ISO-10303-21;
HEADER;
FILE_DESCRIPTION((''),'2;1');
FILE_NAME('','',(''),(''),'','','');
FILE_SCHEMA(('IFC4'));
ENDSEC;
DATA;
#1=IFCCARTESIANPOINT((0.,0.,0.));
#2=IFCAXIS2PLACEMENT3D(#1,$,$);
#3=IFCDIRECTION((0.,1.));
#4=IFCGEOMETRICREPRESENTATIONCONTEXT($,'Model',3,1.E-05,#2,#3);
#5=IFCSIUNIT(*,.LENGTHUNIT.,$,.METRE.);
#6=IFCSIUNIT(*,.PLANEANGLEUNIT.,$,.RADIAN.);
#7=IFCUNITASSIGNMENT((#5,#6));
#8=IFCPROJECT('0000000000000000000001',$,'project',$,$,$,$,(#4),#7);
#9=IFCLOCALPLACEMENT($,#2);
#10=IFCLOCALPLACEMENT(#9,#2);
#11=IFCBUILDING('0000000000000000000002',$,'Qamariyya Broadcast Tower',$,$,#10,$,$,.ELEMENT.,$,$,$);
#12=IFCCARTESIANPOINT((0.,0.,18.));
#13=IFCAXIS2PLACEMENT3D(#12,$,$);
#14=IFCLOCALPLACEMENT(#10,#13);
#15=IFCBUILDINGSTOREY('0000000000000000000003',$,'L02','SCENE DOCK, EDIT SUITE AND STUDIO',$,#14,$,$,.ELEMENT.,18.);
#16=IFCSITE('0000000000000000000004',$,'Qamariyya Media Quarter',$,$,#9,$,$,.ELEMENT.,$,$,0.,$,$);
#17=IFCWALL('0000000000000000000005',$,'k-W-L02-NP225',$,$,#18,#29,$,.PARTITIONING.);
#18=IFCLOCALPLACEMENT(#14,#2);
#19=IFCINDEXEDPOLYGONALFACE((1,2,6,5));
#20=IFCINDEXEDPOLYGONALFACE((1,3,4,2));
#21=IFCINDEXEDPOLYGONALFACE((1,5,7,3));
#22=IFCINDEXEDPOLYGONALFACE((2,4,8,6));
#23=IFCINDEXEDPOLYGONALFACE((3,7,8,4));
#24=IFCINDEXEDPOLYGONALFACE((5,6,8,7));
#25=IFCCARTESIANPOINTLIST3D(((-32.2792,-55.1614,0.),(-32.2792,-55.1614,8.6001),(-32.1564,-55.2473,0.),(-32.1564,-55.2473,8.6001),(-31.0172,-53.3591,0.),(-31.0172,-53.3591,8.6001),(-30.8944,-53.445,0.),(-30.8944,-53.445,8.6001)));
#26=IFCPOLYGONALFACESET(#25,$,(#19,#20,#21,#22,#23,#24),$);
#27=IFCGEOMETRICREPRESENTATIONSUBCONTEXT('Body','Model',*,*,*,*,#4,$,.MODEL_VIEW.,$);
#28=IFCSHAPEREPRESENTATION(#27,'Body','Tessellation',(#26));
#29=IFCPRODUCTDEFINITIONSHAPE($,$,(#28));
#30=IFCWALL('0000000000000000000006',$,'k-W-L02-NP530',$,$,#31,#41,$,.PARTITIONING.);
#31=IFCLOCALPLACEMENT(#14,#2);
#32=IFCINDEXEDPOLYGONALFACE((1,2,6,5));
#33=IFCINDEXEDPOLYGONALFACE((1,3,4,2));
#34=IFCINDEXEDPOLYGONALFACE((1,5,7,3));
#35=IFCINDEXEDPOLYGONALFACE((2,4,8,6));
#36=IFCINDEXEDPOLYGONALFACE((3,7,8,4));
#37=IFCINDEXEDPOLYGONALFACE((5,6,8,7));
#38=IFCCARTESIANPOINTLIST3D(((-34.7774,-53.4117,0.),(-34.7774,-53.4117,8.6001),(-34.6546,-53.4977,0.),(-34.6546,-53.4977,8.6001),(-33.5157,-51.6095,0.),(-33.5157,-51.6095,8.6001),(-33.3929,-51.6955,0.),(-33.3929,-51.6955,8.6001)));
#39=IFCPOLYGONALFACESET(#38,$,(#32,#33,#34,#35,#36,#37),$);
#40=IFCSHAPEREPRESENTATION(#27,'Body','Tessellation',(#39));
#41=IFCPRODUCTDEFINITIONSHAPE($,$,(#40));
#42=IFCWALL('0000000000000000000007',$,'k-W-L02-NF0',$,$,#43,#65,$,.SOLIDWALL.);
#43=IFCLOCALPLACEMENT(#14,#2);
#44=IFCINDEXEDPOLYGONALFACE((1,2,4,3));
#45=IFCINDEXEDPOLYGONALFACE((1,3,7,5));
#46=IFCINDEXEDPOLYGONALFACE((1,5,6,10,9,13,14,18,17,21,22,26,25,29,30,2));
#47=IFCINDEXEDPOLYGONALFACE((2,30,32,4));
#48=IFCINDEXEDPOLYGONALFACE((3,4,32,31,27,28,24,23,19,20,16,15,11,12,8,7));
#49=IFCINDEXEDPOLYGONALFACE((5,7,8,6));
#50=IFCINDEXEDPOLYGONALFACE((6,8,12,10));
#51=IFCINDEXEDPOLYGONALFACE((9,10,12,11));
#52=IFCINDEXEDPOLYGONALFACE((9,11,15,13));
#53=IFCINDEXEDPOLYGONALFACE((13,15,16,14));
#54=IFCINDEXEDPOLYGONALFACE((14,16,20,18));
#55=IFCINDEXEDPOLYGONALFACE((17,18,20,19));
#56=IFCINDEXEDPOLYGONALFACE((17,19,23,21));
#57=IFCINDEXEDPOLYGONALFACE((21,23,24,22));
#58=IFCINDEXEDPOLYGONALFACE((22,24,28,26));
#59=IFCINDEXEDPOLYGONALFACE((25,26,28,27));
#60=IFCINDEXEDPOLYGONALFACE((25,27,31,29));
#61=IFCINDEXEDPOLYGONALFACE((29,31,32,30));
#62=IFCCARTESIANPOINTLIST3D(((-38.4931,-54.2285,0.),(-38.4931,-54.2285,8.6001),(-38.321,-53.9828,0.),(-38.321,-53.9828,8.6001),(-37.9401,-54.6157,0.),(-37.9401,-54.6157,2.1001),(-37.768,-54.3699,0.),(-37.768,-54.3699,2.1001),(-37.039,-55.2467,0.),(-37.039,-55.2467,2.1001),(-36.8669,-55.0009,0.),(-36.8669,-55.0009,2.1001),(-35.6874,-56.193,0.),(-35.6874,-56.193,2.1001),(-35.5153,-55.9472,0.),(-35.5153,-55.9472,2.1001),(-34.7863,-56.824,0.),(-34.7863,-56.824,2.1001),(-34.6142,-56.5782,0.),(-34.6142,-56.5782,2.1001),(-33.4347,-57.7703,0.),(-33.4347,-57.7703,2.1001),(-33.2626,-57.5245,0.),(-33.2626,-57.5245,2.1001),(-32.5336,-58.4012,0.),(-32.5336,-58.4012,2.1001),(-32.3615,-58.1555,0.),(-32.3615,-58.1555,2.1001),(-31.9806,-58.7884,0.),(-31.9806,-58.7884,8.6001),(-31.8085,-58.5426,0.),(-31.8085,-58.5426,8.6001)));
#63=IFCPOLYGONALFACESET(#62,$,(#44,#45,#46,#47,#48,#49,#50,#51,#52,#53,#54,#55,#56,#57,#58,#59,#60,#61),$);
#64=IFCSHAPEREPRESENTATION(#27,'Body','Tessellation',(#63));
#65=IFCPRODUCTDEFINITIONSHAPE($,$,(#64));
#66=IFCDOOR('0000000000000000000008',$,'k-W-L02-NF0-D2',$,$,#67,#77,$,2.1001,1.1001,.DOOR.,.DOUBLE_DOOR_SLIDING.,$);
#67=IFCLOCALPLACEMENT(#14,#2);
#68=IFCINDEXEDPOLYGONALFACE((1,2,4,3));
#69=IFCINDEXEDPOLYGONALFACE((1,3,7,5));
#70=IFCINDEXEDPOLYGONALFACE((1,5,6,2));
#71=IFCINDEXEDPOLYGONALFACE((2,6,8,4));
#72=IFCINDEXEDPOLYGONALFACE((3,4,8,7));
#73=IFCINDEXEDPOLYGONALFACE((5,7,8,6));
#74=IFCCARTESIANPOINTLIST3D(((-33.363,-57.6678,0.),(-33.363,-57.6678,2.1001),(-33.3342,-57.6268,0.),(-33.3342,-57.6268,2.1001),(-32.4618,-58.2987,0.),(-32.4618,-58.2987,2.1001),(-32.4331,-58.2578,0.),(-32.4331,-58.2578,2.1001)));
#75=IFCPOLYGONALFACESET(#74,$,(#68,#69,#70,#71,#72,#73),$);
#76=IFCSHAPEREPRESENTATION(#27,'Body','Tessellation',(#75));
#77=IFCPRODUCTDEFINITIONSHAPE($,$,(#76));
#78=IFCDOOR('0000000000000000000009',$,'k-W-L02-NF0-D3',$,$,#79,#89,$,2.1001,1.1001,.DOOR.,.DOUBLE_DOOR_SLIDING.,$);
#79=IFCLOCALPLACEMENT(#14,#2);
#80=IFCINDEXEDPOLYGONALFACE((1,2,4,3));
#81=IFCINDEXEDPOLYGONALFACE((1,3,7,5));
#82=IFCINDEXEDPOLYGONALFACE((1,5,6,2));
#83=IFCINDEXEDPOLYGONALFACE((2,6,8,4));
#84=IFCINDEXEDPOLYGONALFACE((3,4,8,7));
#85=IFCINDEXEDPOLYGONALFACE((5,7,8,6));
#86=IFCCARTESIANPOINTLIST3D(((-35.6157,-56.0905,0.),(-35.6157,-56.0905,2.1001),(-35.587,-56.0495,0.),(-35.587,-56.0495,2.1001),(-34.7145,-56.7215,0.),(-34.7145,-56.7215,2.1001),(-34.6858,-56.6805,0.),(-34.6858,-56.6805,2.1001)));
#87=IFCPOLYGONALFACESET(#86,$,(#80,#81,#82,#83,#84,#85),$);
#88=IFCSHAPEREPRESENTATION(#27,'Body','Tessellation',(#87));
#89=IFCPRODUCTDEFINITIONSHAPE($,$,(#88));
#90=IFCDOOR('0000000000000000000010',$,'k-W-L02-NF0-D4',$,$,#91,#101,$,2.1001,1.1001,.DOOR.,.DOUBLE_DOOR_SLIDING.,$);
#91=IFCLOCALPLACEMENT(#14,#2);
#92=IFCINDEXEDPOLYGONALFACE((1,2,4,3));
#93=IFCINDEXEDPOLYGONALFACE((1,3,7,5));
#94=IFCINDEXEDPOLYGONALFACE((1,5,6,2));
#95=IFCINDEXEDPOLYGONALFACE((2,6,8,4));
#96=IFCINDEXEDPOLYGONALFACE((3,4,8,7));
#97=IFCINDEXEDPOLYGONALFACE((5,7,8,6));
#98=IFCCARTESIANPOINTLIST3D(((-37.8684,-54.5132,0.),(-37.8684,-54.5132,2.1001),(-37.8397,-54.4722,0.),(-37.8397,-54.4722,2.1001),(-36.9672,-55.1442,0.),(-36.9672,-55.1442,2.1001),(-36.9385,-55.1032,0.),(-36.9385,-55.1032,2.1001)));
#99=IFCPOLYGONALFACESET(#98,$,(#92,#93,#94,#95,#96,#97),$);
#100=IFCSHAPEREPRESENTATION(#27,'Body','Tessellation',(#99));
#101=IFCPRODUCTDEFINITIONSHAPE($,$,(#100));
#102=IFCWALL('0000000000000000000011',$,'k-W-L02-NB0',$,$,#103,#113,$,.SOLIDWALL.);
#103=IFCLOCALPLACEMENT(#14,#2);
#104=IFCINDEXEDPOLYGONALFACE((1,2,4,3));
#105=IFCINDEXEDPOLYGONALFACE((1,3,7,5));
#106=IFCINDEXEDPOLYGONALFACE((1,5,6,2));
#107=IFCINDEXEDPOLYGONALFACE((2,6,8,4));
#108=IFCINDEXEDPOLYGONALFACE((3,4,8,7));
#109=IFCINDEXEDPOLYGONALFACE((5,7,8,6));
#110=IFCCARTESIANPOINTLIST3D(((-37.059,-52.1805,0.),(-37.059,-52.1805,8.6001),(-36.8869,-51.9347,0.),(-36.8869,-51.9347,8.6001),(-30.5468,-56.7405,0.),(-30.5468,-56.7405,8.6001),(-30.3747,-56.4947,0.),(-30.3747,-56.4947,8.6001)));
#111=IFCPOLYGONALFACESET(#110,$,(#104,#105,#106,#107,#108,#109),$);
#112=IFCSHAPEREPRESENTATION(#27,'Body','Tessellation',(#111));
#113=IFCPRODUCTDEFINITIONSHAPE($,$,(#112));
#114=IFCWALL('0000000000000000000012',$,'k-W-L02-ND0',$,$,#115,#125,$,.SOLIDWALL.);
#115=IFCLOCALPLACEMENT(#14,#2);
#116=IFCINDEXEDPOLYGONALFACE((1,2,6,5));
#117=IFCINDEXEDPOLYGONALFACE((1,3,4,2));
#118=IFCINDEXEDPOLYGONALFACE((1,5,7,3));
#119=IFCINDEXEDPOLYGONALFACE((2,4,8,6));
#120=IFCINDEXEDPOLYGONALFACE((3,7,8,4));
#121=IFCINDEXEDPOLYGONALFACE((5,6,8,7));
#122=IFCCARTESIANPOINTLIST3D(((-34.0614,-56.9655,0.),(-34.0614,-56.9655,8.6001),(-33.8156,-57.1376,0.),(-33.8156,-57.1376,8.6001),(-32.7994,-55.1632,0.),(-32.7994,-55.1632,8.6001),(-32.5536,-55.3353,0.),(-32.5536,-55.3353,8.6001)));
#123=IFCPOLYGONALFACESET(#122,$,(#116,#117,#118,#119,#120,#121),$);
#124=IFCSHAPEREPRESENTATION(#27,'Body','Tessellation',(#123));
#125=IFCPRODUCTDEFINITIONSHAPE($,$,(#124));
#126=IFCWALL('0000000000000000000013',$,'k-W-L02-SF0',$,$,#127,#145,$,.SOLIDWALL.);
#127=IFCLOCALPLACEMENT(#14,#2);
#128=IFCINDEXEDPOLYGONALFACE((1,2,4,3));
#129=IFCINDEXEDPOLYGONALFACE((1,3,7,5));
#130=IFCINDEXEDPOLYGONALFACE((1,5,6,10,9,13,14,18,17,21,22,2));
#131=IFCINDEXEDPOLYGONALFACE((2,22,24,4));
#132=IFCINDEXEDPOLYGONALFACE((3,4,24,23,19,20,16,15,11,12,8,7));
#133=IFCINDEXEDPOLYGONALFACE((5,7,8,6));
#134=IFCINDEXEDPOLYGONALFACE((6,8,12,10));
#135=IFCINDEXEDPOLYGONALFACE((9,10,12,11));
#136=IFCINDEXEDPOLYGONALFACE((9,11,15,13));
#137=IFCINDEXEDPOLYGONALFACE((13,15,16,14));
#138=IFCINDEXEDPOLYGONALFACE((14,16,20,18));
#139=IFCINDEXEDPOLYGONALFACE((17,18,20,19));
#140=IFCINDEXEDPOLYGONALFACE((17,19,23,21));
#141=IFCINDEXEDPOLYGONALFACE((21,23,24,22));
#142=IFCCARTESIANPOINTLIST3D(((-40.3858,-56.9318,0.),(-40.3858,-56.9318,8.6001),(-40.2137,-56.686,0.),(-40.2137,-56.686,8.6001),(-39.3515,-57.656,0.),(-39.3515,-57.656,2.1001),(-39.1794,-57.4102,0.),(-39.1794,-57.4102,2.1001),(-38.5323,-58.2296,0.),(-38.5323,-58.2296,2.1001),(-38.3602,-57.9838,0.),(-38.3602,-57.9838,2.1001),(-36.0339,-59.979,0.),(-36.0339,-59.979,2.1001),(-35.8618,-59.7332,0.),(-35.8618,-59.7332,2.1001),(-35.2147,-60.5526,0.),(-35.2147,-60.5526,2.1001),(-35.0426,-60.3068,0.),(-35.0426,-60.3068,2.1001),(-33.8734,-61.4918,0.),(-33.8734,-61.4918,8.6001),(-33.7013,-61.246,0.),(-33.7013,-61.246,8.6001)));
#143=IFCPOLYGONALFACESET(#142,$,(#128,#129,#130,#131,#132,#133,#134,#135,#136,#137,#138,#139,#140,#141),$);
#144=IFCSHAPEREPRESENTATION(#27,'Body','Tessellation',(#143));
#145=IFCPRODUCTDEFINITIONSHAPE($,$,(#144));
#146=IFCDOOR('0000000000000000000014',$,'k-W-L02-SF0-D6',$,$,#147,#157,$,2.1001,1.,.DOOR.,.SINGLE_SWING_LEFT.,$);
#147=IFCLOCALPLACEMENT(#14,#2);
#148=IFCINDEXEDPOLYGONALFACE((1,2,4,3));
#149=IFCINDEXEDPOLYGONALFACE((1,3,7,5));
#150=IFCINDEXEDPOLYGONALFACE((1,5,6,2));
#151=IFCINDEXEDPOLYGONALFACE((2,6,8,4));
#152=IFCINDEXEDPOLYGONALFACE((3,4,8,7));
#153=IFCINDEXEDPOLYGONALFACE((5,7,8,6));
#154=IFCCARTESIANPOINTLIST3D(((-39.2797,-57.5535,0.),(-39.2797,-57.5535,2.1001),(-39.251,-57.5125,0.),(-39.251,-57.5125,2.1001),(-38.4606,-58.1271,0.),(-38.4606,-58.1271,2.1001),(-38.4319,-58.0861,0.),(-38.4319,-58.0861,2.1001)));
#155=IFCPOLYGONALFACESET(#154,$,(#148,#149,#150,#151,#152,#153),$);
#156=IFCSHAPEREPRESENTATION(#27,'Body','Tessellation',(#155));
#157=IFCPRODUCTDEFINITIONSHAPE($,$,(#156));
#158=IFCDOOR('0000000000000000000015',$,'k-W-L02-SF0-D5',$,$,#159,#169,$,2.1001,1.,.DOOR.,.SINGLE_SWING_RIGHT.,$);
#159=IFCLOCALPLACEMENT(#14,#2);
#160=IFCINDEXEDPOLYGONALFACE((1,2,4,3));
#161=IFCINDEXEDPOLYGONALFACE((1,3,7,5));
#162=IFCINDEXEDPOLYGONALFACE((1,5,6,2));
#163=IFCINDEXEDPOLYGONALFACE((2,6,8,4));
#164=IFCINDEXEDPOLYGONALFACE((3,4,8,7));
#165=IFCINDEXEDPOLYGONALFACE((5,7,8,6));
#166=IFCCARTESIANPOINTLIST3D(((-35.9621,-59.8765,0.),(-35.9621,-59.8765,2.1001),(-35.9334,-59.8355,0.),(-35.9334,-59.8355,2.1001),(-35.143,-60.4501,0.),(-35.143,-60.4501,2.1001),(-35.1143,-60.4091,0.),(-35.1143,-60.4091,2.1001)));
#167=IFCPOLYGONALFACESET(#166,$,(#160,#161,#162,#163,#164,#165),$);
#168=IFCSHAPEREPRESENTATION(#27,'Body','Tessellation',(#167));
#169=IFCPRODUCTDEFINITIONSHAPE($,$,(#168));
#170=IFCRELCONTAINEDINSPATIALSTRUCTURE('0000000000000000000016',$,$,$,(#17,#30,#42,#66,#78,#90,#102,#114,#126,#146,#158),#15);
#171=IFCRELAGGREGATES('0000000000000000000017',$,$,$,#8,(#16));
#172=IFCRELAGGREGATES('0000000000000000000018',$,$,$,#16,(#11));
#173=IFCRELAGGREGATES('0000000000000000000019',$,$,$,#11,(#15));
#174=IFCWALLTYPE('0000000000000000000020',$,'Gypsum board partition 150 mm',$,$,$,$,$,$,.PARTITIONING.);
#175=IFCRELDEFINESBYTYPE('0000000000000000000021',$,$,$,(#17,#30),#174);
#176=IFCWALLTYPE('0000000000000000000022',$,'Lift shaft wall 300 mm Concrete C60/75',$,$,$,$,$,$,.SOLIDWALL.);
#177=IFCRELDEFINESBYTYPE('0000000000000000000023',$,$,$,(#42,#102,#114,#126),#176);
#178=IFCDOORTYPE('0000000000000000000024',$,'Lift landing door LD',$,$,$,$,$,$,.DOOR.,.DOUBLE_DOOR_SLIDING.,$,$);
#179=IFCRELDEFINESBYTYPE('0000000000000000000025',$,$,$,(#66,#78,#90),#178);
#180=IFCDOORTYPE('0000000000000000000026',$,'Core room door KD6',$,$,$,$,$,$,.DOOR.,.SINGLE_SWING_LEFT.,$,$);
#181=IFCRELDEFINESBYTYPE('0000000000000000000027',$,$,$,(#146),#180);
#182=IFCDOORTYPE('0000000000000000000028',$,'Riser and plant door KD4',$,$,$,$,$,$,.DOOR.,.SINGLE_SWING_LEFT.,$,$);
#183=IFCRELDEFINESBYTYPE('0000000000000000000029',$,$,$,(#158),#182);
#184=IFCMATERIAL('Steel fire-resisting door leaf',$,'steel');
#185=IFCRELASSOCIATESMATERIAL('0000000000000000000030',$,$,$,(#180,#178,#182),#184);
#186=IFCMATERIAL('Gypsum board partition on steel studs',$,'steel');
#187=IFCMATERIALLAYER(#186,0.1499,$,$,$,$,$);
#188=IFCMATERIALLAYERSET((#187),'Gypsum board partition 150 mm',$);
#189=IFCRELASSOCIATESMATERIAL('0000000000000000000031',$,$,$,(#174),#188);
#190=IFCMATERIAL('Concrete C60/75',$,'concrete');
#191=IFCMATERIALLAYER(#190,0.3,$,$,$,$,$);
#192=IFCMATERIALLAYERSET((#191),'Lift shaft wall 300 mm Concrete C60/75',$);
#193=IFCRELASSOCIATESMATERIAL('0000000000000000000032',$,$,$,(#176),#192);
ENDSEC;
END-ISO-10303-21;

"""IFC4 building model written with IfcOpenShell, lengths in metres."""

from ifc_helpers import new_model, si_unit, direction, frame, frame_2d, origin, place, context, subcontext, project, spatial, rectangle, extrude, material, layer, layer_set, type_object, element, fill, save


model = new_model("IFC4")

# Units and contexts
model_context = context("Model", 3, precision=1e-05, world=origin(), true_north=direction((0.0, 1.0)))
body_context = subcontext(model_context, "Body", "Model", "MODEL_VIEW")
ifc_project = project(units=[si_unit("LENGTHUNIT", "METRE"), si_unit("PLANEANGLEUNIT", "RADIAN")], contexts=[model_context])

# Site, building, storey
site_placement = place(None, origin())
site = spatial("IfcSite", under=ifc_project, at=site_placement, Name="Qamariyya Media Quarter", CompositionType="ELEMENT", RefElevation=0.0)
building_placement = place(site_placement, origin())
building = spatial("IfcBuilding", under=site, at=building_placement, Name="Qamariyya Broadcast Tower", CompositionType="ELEMENT")
storey_placement = place(building_placement, frame((0.0, 0.0, 18.0)))
storey = spatial("IfcBuildingStorey", under=building, at=storey_placement, Name="L02", Description="SCENE DOCK, EDIT SUITE AND STUDIO", CompositionType="ELEMENT", Elevation=18.0)

# Shared definitions
ifc_material_1 = material(Name="Steel fire-resisting door leaf", Category="steel")
door_type_1 = type_object("IfcDoorType", Name="Core room door KD6", OperationType="SINGLE_SWING_LEFT", PredefinedType="DOOR", material=ifc_material_1)

# Walls
ifc_material_2 = material(Name="Gypsum board partition on steel studs", Category="steel")
ifc_layer_1 = layer(ifc_material_2, 0.1499)
ifc_layer_set_1 = layer_set([ifc_layer_1], Name="Gypsum board partition 150 mm")
wall_type_1 = type_object("IfcWallType", Name="Gypsum board partition 150 mm", PredefinedType="PARTITIONING", material=ifc_layer_set_1)
wall_1_placement = place(storey_placement, frame((-32.2178, -55.2043, 0.0), z_axis=(0.0, 0.0, 1.0), x_axis=(0.573581, 0.819149, 0.0)))
element("IfcWall", 1, at=wall_1_placement, inside=storey, type_object=wall_type_1, Name="k-W-L02-NP225", PredefinedType="PARTITIONING", context=body_context, shape_type="SweptSolid", body=[
    extrude(rectangle(XDim=2.2002, YDim=0.1499, at=frame_2d((1.1001, 0.0))), origin(), (0.0, 0.0, 1.0), 8.6001),
])
wall_2_placement = place(storey_placement, frame((-34.7161, -53.4548, 0.0), z_axis=(0.0, 0.0, 1.0), x_axis=(0.573507, 0.819201, 0.0)))
element("IfcWall", 2, at=wall_2_placement, inside=storey, type_object=wall_type_1, Name="k-W-L02-NP530", PredefinedType="PARTITIONING", context=body_context, shape_type="SweptSolid", body=[
    extrude(rectangle(XDim=2.2, YDim=0.1499, at=frame_2d((1.1001, 0.0))), origin(), (0.0, 0.0, 1.0), 8.6001),
])

# Wall, openings, doors
ifc_material_3 = material(Name="Concrete C60/75", Category="concrete")
ifc_layer_2 = layer(ifc_material_3, 0.3)
ifc_layer_set_2 = layer_set([ifc_layer_2], Name="Lift shaft wall 300 mm Concrete C60/75")
wall_type_2 = type_object("IfcWallType", Name="Lift shaft wall 300 mm Concrete C60/75", PredefinedType="SOLIDWALL", material=ifc_layer_set_2)
wall_3_placement = place(storey_placement, frame((-31.8945, -58.6655, 0.0), z_axis=(0.0, 0.0, 1.0), x_axis=(-0.819167, 0.573555, 0.0)))
wall_3 = element("IfcWall", 3, at=wall_3_placement, inside=storey, type_object=wall_type_2, Name="k-W-L02-NF0", PredefinedType="SOLIDWALL", context=body_context, shape_type="SweptSolid", body=[
    extrude(rectangle(XDim=7.9502, YDim=0.3, at=frame_2d((3.9751, 0.0))), origin(), (0.0, 0.0, 1.0), 8.6001),
])
opening_1_placement = place(wall_3_placement, frame((0.675, 0.0, 0.0)))
opening_1 = element("IfcOpeningElement", 4, at=opening_1_placement, cuts=wall_3, PredefinedType="OPENING", context=body_context, shape_type="SweptSolid", body=[
    extrude(rectangle(XDim=1.1001, YDim=2.1001, at=frame_2d((0.55, 1.05))), frame((0.0, 0.1599, 0.0), z_axis=(0.0, -1.0, 0.0), x_axis=(1.0, 0.0, 0.0)), (0.0, 0.0, 1.0), 0.3201),
])
opening_2_placement = place(wall_3_placement, frame((3.425, 0.0, 0.0)))
opening_2 = element("IfcOpeningElement", 5, at=opening_2_placement, cuts=wall_3, PredefinedType="OPENING", context=body_context, shape_type="SweptSolid", body=[
    extrude(rectangle(XDim=1.1001, YDim=2.1001, at=frame_2d((0.55, 1.05))), frame((0.0, 0.1599, 0.0), z_axis=(0.0, -1.0, 0.0), x_axis=(1.0, 0.0, 0.0)), (0.0, 0.0, 1.0), 0.3201),
])
opening_3_placement = place(wall_3_placement, frame((6.175, 0.0, 0.0)))
opening_3 = element("IfcOpeningElement", 6, at=opening_3_placement, cuts=wall_3, PredefinedType="OPENING", context=body_context, shape_type="SweptSolid", body=[
    extrude(rectangle(XDim=1.1001, YDim=2.1001, at=frame_2d((0.55, 1.05))), frame((0.0, 0.1599, 0.0), z_axis=(0.0, -1.0, 0.0), x_axis=(1.0, 0.0, 0.0)), (0.0, 0.0, 1.0), 0.3201),
])
door_type_2 = type_object("IfcDoorType", Name="Lift landing door LD", OperationType="DOUBLE_DOOR_SLIDING", PredefinedType="DOOR", material=ifc_material_1)
door_1_placement = place(opening_1_placement, origin())
door_1 = element("IfcDoor", 7, at=door_1_placement, inside=storey, type_object=door_type_2, Name="k-W-L02-NF0-D2", OperationType="DOUBLE_DOOR_SLIDING", OverallHeight=2.1001, OverallWidth=1.1001, PredefinedType="DOOR", context=body_context, shape_type="SweptSolid", body=[
    extrude(rectangle(XDim=1.1001, YDim=2.1001, at=frame_2d((0.55, 1.05))), frame((0.0, 0.0249, 0.0), z_axis=(0.0, -1.0, 0.0), x_axis=(1.0, 0.0, 0.0)), (0.0, 0.0, 1.0), 0.05),
])
fill(opening_1, door_1)
door_2_placement = place(opening_2_placement, origin())
door_2 = element("IfcDoor", 8, at=door_2_placement, inside=storey, type_object=door_type_2, Name="k-W-L02-NF0-D3", OperationType="DOUBLE_DOOR_SLIDING", OverallHeight=2.1001, OverallWidth=1.1001, PredefinedType="DOOR", context=body_context, shape_type="SweptSolid", body=[
    extrude(rectangle(XDim=1.1001, YDim=2.1001, at=frame_2d((0.55, 1.05))), frame((0.0, 0.0249, 0.0), z_axis=(0.0, -1.0, 0.0), x_axis=(1.0, 0.0, 0.0)), (0.0, 0.0, 1.0), 0.05),
])
fill(opening_2, door_2)
door_3_placement = place(opening_3_placement, origin())
door_3 = element("IfcDoor", 9, at=door_3_placement, inside=storey, type_object=door_type_2, Name="k-W-L02-NF0-D4", OperationType="DOUBLE_DOOR_SLIDING", OverallHeight=2.1001, OverallWidth=1.1001, PredefinedType="DOOR", context=body_context, shape_type="SweptSolid", body=[
    extrude(rectangle(XDim=1.1001, YDim=2.1001, at=frame_2d((0.55, 1.05))), frame((0.0, 0.0249, 0.0), z_axis=(0.0, -1.0, 0.0), x_axis=(1.0, 0.0, 0.0)), (0.0, 0.0, 1.0), 0.05),
])
fill(opening_3, door_3)

# Walls
wall_4_placement = place(storey_placement, frame((-30.4607, -56.6177, 0.0), z_axis=(0.0, 0.0, 1.0), x_axis=(-0.819142, 0.57359, 0.0)))
element("IfcWall", 10, at=wall_4_placement, inside=storey, type_object=wall_type_2, Name="k-W-L02-NB0", PredefinedType="SOLIDWALL", context=body_context, shape_type="SweptSolid", body=[
    extrude(rectangle(XDim=7.95, YDim=0.3, at=frame_2d((3.9751, 0.0))), origin(), (0.0, 0.0, 1.0), 8.6001),
])
wall_5_placement = place(storey_placement, frame((-33.9385, -57.0515, 0.0), z_axis=(0.0, 0.0, 1.0), x_axis=(0.573581, 0.819149, 0.0)))
element("IfcWall", 11, at=wall_5_placement, inside=storey, type_object=wall_type_2, Name="k-W-L02-ND0", PredefinedType="SOLIDWALL", context=body_context, shape_type="SweptSolid", body=[
    extrude(rectangle(XDim=2.2002, YDim=0.3, at=frame_2d((1.1001, 0.0))), origin(), (0.0, 0.0, 1.0), 8.6001),
])

# Wall, openings, doors
wall_6_placement = place(storey_placement, frame((-33.7874, -61.3689, 0.0), z_axis=(0.0, 0.0, 1.0), x_axis=(-0.819153, 0.573576, 0.0)))
wall_6 = element("IfcWall", 12, at=wall_6_placement, inside=storey, type_object=wall_type_2, Name="k-W-L02-SF0", PredefinedType="SOLIDWALL", context=body_context, shape_type="SweptSolid", body=[
    extrude(rectangle(XDim=7.9502, YDim=0.3, at=frame_2d((3.9751, 0.0))), origin(), (0.0, 0.0, 1.0), 8.6001),
])
opening_4_placement = place(wall_6_placement, frame((1.6375, 0.0, 0.0)))
opening_4 = element("IfcOpeningElement", 13, at=opening_4_placement, cuts=wall_6, PredefinedType="OPENING", context=body_context, shape_type="SweptSolid", body=[
    extrude(rectangle(XDim=1.0, YDim=2.1001, at=frame_2d((0.5, 1.05))), frame((0.0, 0.1599, 0.0), z_axis=(0.0, -1.0, 0.0), x_axis=(1.0, 0.0, 0.0)), (0.0, 0.0, 1.0), 0.3201),
])
opening_5_placement = place(wall_6_placement, frame((5.6875, 0.0, 0.0)))
opening_5 = element("IfcOpeningElement", 14, at=opening_5_placement, cuts=wall_6, PredefinedType="OPENING", context=body_context, shape_type="SweptSolid", body=[
    extrude(rectangle(XDim=1.0, YDim=2.1001, at=frame_2d((0.5, 1.05))), frame((0.0, 0.1599, 0.0), z_axis=(0.0, -1.0, 0.0), x_axis=(1.0, 0.0, 0.0)), (0.0, 0.0, 1.0), 0.3201),
])
door_4_placement = place(opening_5_placement, origin())
door_4 = element("IfcDoor", 15, at=door_4_placement, inside=storey, type_object=door_type_1, Name="k-W-L02-SF0-D6", OperationType="SINGLE_SWING_LEFT", OverallHeight=2.1001, OverallWidth=1.0, PredefinedType="DOOR", context=body_context, shape_type="SweptSolid", body=[
    extrude(rectangle(XDim=1.0, YDim=2.1001, at=frame_2d((0.5, 1.05))), frame((0.0, 0.0249, 0.0), z_axis=(0.0, -1.0, 0.0), x_axis=(1.0, 0.0, 0.0)), (0.0, 0.0, 1.0), 0.05),
])
fill(opening_5, door_4)
door_type_3 = type_object("IfcDoorType", Name="Riser and plant door KD4", OperationType="SINGLE_SWING_LEFT", PredefinedType="DOOR", material=ifc_material_1)
door_5_placement = place(opening_4_placement, origin())
door_5 = element("IfcDoor", 16, at=door_5_placement, inside=storey, type_object=door_type_3, Name="k-W-L02-SF0-D5", OperationType="SINGLE_SWING_RIGHT", OverallHeight=2.1001, OverallWidth=1.0, PredefinedType="DOOR", context=body_context, shape_type="SweptSolid", body=[
    extrude(rectangle(XDim=1.0, YDim=2.1001, at=frame_2d((0.5, 1.05))), frame((0.0, 0.0249, 0.0), z_axis=(0.0, -1.0, 0.0), x_axis=(1.0, 0.0, 0.0)), (0.0, 0.0, 1.0), 0.05),
])
fill(opening_4, door_5)

save(model, "model.ifc")
